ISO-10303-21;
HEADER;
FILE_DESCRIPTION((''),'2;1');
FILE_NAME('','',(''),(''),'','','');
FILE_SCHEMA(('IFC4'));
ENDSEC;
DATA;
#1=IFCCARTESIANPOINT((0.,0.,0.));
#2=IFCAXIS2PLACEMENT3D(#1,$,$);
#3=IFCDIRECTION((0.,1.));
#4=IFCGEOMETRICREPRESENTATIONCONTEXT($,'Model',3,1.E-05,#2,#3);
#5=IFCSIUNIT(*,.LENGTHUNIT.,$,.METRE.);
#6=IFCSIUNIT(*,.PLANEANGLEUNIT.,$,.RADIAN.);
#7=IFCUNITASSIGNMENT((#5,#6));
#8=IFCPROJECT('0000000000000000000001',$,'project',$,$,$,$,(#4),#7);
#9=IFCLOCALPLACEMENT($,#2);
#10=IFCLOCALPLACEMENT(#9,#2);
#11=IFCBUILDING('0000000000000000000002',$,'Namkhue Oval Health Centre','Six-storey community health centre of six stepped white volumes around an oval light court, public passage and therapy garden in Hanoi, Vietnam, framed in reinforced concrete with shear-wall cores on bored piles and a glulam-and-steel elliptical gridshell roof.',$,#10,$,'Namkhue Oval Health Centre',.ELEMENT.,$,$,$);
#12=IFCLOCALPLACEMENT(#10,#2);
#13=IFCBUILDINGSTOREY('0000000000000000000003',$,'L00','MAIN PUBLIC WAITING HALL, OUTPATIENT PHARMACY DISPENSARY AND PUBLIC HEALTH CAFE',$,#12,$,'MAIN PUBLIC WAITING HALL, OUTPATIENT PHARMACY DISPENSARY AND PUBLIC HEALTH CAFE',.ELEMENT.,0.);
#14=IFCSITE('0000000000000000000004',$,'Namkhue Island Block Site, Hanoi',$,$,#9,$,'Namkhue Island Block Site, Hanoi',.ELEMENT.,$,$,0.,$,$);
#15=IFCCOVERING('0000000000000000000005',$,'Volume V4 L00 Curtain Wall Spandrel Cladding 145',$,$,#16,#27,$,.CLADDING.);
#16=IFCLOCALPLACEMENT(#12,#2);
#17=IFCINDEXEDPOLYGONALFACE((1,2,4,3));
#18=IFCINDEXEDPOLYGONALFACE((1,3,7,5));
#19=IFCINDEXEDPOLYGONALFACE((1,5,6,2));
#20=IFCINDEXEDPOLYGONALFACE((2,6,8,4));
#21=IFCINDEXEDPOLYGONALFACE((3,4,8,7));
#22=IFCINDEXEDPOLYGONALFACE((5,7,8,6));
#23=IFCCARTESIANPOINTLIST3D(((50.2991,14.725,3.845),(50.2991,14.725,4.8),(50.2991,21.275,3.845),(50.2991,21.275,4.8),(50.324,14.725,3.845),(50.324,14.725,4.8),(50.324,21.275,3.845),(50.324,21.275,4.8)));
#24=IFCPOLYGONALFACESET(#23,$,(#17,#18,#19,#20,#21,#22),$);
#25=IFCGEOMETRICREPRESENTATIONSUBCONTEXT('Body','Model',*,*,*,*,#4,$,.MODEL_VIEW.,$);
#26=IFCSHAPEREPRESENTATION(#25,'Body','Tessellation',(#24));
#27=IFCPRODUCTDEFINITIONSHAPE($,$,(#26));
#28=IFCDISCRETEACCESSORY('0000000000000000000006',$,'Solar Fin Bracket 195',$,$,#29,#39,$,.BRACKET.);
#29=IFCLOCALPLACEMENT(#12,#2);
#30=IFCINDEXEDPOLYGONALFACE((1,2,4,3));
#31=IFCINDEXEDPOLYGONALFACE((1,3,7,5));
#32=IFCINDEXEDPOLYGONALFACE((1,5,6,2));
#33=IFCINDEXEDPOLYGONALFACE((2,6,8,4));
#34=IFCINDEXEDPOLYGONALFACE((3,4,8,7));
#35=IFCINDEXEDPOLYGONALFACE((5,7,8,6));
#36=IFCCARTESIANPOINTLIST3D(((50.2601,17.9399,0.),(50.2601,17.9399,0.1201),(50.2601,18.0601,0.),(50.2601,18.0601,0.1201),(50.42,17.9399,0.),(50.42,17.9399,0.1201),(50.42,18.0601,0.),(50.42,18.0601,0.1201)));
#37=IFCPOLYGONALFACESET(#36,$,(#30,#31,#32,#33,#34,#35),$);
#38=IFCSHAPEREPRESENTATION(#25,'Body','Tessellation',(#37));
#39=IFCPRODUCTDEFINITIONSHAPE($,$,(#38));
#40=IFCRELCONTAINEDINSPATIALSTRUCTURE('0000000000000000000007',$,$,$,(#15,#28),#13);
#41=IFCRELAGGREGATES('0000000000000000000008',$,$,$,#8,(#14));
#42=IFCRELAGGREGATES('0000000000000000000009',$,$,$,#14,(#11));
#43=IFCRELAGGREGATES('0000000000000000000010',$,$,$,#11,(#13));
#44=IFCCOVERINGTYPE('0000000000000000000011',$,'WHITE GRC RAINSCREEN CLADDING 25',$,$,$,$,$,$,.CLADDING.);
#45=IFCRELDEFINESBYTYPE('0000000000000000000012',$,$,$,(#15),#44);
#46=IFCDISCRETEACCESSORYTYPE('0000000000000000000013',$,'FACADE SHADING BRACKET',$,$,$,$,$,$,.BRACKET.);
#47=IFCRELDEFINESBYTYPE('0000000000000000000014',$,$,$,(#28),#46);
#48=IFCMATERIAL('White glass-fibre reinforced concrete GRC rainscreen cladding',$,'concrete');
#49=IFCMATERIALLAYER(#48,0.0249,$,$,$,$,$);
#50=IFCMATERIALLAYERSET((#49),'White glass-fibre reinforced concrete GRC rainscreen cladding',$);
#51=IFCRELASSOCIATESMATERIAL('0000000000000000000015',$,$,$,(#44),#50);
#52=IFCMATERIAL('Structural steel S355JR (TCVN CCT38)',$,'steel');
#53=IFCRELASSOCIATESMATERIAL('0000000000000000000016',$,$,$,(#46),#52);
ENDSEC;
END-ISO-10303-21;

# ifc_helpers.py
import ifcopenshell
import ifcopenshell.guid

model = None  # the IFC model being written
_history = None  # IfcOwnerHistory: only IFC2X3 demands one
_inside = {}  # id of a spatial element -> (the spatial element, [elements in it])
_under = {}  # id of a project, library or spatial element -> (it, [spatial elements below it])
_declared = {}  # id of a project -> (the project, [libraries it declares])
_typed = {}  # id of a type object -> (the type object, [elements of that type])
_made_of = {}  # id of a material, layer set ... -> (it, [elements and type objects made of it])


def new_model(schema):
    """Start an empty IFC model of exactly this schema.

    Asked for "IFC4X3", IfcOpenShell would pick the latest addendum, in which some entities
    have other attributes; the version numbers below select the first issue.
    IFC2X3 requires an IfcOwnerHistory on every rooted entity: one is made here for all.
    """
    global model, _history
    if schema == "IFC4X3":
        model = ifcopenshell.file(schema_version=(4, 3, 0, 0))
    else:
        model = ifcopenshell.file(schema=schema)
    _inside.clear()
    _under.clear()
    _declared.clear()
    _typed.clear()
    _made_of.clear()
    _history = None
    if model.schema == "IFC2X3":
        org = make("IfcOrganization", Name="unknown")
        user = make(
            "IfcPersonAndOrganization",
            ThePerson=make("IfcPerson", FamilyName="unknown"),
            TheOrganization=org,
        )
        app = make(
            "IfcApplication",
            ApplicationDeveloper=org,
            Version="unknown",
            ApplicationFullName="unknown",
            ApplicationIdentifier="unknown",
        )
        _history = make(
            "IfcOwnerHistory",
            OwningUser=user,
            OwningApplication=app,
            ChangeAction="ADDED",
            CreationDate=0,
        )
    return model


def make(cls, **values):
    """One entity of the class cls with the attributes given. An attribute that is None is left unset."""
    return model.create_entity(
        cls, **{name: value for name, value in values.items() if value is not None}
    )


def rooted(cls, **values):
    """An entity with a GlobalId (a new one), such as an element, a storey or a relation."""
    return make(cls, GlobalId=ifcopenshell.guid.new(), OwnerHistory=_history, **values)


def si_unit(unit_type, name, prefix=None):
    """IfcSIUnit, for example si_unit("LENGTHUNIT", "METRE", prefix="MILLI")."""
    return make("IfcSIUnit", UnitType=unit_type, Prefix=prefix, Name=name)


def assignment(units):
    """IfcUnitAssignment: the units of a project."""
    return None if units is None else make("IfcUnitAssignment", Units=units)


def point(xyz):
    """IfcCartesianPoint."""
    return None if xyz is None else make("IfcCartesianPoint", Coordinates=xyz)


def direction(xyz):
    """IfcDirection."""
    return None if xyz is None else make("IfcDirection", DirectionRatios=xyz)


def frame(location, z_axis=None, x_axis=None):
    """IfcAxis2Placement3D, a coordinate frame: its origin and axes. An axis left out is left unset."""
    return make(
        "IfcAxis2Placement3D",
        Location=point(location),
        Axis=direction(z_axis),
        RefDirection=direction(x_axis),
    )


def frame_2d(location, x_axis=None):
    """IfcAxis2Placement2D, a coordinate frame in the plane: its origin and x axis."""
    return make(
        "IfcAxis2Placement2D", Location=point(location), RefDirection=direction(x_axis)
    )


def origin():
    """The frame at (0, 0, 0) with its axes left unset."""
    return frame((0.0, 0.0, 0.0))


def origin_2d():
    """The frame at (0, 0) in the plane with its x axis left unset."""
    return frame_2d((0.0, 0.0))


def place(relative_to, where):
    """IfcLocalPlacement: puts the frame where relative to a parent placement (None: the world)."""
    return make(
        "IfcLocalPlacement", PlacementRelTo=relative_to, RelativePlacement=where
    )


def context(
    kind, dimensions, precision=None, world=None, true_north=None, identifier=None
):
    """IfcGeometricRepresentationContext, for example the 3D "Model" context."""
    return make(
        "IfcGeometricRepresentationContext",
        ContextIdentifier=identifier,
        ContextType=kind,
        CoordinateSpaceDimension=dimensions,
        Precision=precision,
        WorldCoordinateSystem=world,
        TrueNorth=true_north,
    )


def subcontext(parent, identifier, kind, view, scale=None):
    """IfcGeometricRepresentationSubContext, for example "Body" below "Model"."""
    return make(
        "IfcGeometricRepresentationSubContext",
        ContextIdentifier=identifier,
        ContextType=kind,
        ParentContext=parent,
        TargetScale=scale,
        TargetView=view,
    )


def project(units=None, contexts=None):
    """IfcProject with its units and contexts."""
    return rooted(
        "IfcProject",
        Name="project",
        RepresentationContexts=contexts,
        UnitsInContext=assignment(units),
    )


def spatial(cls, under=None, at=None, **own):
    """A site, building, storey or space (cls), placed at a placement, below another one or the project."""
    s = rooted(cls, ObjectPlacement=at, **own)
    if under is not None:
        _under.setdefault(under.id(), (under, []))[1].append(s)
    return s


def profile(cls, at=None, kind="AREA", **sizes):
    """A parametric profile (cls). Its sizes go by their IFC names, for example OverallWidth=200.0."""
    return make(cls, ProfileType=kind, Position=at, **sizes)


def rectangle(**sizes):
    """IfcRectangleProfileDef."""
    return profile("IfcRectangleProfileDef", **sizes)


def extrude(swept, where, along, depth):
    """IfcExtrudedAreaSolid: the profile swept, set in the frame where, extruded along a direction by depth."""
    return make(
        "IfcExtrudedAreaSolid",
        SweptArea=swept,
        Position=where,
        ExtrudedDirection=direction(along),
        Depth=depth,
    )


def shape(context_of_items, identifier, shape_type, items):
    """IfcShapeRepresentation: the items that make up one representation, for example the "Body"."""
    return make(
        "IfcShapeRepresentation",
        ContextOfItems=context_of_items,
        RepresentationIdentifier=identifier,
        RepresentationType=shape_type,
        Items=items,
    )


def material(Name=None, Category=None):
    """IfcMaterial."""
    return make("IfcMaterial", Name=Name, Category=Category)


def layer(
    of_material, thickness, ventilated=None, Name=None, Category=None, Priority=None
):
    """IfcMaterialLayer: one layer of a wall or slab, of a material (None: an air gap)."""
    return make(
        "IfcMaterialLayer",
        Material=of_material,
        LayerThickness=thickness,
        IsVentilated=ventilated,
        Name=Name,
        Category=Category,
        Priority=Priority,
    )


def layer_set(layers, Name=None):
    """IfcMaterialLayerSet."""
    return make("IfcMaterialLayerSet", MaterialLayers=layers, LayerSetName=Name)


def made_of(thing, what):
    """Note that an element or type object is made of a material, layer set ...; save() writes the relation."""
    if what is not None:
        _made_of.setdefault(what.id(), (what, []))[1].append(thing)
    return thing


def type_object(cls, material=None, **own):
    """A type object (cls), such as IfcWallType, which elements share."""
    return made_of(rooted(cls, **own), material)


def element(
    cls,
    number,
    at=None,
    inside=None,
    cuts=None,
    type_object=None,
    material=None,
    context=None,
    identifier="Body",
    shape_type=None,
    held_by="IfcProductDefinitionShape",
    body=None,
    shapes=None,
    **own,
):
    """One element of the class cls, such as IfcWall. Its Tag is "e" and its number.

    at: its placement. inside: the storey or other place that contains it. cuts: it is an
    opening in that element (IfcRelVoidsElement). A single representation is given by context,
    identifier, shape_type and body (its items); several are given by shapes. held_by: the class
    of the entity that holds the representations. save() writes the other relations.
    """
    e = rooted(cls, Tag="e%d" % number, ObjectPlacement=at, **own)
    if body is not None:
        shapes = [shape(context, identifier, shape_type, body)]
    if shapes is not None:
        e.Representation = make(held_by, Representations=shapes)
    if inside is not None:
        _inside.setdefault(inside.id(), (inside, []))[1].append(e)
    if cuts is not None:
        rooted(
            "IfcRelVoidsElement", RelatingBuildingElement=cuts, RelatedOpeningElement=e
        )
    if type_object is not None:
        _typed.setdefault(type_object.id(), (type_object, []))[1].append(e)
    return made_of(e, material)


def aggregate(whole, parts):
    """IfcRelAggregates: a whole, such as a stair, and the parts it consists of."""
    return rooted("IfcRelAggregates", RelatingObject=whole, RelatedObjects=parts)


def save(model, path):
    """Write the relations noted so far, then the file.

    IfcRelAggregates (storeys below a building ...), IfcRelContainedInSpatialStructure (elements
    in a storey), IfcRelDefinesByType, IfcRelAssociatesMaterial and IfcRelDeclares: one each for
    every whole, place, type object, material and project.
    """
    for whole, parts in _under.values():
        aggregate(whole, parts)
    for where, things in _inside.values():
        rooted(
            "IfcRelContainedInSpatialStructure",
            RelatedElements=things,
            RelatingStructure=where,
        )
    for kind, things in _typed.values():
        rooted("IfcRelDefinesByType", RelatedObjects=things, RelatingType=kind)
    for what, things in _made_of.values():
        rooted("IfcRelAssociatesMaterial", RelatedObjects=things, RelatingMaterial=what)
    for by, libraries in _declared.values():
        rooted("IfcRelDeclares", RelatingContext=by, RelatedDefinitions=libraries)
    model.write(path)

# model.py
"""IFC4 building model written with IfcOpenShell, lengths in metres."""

from ifc_helpers import new_model, si_unit, direction, frame, origin, origin_2d, place, context, subcontext, project, spatial, rectangle, extrude, material, layer, layer_set, type_object, element, save


model = new_model("IFC4")

# Units and contexts
model_context = context("Model", 3, precision=1e-05, world=origin(), true_north=direction((0.0, 1.0)))
body_context = subcontext(model_context, "Body", "Model", "MODEL_VIEW")
ifc_project = project(units=[si_unit("LENGTHUNIT", "METRE"), si_unit("PLANEANGLEUNIT", "RADIAN")], contexts=[model_context])

# Site, building, storey
site_placement = place(None, origin())
site = spatial("IfcSite", under=ifc_project, at=site_placement, Name="Namkhue Island Block Site, Hanoi", LongName="Namkhue Island Block Site, Hanoi", CompositionType="ELEMENT", RefElevation=0.0)
building_placement = place(site_placement, origin())
building = spatial("IfcBuilding", under=site, at=building_placement, Name="Namkhue Oval Health Centre", Description="Six-storey community health centre of six stepped white volumes around an oval light court, public passage and therapy garden in Hanoi, Vietnam, framed in reinforced concrete with shear-wall cores on bored piles and a glulam-and-steel elliptical gridshell roof.", LongName="Namkhue Oval Health Centre", CompositionType="ELEMENT")
storey_placement = place(building_placement, origin())
storey = spatial("IfcBuildingStorey", under=building, at=storey_placement, Name="L00", Description="MAIN PUBLIC WAITING HALL, OUTPATIENT PHARMACY DISPENSARY AND PUBLIC HEALTH CAFE", LongName="MAIN PUBLIC WAITING HALL, OUTPATIENT PHARMACY DISPENSARY AND PUBLIC HEALTH CAFE", CompositionType="ELEMENT", Elevation=0.0)

# Covering
ifc_material_1 = material(Name="White glass-fibre reinforced concrete GRC rainscreen cladding", Category="concrete")
ifc_layer_1 = layer(ifc_material_1, 0.0249)
ifc_layer_set_1 = layer_set([ifc_layer_1], Name="White glass-fibre reinforced concrete GRC rainscreen cladding")
covering_type = type_object("IfcCoveringType", Name="WHITE GRC RAINSCREEN CLADDING 25", PredefinedType="CLADDING", material=ifc_layer_set_1)
covering_placement = place(storey_placement, frame((50.3115, 18.0, 3.845), z_axis=(0.0, 0.0, 1.0), x_axis=(0.0, -1.0, 0.0)))
element("IfcCovering", 1, at=covering_placement, inside=storey, type_object=covering_type, Name="Volume V4 L00 Curtain Wall Spandrel Cladding 145", PredefinedType="CLADDING", context=body_context, shape_type="SweptSolid", body=[
    extrude(rectangle(XDim=6.55, YDim=0.0249, at=origin_2d()), origin(), (0.0, 0.0, 1.0), 0.9551),
])

# Discrete accessory
ifc_material_2 = material(Name="Structural steel S355JR (TCVN CCT38)", Category="steel")
discrete_accessory_type = type_object("IfcDiscreteAccessoryType", Name="FACADE SHADING BRACKET", PredefinedType="BRACKET", material=ifc_material_2)
discrete_accessory_placement = place(storey_placement, frame((50.3401, 18.0, 0.0), z_axis=(0.0, 0.0, 1.0), x_axis=(-1.0, 0.0, 0.0)))
element("IfcDiscreteAccessory", 2, at=discrete_accessory_placement, inside=storey, type_object=discrete_accessory_type, Name="Solar Fin Bracket 195", PredefinedType="BRACKET", context=body_context, shape_type="SweptSolid", body=[
    extrude(rectangle(XDim=0.1599, YDim=0.1201, at=origin_2d()), origin(), (0.0, 0.0, 1.0), 0.1201),
])

save(model, "model.ifc")
